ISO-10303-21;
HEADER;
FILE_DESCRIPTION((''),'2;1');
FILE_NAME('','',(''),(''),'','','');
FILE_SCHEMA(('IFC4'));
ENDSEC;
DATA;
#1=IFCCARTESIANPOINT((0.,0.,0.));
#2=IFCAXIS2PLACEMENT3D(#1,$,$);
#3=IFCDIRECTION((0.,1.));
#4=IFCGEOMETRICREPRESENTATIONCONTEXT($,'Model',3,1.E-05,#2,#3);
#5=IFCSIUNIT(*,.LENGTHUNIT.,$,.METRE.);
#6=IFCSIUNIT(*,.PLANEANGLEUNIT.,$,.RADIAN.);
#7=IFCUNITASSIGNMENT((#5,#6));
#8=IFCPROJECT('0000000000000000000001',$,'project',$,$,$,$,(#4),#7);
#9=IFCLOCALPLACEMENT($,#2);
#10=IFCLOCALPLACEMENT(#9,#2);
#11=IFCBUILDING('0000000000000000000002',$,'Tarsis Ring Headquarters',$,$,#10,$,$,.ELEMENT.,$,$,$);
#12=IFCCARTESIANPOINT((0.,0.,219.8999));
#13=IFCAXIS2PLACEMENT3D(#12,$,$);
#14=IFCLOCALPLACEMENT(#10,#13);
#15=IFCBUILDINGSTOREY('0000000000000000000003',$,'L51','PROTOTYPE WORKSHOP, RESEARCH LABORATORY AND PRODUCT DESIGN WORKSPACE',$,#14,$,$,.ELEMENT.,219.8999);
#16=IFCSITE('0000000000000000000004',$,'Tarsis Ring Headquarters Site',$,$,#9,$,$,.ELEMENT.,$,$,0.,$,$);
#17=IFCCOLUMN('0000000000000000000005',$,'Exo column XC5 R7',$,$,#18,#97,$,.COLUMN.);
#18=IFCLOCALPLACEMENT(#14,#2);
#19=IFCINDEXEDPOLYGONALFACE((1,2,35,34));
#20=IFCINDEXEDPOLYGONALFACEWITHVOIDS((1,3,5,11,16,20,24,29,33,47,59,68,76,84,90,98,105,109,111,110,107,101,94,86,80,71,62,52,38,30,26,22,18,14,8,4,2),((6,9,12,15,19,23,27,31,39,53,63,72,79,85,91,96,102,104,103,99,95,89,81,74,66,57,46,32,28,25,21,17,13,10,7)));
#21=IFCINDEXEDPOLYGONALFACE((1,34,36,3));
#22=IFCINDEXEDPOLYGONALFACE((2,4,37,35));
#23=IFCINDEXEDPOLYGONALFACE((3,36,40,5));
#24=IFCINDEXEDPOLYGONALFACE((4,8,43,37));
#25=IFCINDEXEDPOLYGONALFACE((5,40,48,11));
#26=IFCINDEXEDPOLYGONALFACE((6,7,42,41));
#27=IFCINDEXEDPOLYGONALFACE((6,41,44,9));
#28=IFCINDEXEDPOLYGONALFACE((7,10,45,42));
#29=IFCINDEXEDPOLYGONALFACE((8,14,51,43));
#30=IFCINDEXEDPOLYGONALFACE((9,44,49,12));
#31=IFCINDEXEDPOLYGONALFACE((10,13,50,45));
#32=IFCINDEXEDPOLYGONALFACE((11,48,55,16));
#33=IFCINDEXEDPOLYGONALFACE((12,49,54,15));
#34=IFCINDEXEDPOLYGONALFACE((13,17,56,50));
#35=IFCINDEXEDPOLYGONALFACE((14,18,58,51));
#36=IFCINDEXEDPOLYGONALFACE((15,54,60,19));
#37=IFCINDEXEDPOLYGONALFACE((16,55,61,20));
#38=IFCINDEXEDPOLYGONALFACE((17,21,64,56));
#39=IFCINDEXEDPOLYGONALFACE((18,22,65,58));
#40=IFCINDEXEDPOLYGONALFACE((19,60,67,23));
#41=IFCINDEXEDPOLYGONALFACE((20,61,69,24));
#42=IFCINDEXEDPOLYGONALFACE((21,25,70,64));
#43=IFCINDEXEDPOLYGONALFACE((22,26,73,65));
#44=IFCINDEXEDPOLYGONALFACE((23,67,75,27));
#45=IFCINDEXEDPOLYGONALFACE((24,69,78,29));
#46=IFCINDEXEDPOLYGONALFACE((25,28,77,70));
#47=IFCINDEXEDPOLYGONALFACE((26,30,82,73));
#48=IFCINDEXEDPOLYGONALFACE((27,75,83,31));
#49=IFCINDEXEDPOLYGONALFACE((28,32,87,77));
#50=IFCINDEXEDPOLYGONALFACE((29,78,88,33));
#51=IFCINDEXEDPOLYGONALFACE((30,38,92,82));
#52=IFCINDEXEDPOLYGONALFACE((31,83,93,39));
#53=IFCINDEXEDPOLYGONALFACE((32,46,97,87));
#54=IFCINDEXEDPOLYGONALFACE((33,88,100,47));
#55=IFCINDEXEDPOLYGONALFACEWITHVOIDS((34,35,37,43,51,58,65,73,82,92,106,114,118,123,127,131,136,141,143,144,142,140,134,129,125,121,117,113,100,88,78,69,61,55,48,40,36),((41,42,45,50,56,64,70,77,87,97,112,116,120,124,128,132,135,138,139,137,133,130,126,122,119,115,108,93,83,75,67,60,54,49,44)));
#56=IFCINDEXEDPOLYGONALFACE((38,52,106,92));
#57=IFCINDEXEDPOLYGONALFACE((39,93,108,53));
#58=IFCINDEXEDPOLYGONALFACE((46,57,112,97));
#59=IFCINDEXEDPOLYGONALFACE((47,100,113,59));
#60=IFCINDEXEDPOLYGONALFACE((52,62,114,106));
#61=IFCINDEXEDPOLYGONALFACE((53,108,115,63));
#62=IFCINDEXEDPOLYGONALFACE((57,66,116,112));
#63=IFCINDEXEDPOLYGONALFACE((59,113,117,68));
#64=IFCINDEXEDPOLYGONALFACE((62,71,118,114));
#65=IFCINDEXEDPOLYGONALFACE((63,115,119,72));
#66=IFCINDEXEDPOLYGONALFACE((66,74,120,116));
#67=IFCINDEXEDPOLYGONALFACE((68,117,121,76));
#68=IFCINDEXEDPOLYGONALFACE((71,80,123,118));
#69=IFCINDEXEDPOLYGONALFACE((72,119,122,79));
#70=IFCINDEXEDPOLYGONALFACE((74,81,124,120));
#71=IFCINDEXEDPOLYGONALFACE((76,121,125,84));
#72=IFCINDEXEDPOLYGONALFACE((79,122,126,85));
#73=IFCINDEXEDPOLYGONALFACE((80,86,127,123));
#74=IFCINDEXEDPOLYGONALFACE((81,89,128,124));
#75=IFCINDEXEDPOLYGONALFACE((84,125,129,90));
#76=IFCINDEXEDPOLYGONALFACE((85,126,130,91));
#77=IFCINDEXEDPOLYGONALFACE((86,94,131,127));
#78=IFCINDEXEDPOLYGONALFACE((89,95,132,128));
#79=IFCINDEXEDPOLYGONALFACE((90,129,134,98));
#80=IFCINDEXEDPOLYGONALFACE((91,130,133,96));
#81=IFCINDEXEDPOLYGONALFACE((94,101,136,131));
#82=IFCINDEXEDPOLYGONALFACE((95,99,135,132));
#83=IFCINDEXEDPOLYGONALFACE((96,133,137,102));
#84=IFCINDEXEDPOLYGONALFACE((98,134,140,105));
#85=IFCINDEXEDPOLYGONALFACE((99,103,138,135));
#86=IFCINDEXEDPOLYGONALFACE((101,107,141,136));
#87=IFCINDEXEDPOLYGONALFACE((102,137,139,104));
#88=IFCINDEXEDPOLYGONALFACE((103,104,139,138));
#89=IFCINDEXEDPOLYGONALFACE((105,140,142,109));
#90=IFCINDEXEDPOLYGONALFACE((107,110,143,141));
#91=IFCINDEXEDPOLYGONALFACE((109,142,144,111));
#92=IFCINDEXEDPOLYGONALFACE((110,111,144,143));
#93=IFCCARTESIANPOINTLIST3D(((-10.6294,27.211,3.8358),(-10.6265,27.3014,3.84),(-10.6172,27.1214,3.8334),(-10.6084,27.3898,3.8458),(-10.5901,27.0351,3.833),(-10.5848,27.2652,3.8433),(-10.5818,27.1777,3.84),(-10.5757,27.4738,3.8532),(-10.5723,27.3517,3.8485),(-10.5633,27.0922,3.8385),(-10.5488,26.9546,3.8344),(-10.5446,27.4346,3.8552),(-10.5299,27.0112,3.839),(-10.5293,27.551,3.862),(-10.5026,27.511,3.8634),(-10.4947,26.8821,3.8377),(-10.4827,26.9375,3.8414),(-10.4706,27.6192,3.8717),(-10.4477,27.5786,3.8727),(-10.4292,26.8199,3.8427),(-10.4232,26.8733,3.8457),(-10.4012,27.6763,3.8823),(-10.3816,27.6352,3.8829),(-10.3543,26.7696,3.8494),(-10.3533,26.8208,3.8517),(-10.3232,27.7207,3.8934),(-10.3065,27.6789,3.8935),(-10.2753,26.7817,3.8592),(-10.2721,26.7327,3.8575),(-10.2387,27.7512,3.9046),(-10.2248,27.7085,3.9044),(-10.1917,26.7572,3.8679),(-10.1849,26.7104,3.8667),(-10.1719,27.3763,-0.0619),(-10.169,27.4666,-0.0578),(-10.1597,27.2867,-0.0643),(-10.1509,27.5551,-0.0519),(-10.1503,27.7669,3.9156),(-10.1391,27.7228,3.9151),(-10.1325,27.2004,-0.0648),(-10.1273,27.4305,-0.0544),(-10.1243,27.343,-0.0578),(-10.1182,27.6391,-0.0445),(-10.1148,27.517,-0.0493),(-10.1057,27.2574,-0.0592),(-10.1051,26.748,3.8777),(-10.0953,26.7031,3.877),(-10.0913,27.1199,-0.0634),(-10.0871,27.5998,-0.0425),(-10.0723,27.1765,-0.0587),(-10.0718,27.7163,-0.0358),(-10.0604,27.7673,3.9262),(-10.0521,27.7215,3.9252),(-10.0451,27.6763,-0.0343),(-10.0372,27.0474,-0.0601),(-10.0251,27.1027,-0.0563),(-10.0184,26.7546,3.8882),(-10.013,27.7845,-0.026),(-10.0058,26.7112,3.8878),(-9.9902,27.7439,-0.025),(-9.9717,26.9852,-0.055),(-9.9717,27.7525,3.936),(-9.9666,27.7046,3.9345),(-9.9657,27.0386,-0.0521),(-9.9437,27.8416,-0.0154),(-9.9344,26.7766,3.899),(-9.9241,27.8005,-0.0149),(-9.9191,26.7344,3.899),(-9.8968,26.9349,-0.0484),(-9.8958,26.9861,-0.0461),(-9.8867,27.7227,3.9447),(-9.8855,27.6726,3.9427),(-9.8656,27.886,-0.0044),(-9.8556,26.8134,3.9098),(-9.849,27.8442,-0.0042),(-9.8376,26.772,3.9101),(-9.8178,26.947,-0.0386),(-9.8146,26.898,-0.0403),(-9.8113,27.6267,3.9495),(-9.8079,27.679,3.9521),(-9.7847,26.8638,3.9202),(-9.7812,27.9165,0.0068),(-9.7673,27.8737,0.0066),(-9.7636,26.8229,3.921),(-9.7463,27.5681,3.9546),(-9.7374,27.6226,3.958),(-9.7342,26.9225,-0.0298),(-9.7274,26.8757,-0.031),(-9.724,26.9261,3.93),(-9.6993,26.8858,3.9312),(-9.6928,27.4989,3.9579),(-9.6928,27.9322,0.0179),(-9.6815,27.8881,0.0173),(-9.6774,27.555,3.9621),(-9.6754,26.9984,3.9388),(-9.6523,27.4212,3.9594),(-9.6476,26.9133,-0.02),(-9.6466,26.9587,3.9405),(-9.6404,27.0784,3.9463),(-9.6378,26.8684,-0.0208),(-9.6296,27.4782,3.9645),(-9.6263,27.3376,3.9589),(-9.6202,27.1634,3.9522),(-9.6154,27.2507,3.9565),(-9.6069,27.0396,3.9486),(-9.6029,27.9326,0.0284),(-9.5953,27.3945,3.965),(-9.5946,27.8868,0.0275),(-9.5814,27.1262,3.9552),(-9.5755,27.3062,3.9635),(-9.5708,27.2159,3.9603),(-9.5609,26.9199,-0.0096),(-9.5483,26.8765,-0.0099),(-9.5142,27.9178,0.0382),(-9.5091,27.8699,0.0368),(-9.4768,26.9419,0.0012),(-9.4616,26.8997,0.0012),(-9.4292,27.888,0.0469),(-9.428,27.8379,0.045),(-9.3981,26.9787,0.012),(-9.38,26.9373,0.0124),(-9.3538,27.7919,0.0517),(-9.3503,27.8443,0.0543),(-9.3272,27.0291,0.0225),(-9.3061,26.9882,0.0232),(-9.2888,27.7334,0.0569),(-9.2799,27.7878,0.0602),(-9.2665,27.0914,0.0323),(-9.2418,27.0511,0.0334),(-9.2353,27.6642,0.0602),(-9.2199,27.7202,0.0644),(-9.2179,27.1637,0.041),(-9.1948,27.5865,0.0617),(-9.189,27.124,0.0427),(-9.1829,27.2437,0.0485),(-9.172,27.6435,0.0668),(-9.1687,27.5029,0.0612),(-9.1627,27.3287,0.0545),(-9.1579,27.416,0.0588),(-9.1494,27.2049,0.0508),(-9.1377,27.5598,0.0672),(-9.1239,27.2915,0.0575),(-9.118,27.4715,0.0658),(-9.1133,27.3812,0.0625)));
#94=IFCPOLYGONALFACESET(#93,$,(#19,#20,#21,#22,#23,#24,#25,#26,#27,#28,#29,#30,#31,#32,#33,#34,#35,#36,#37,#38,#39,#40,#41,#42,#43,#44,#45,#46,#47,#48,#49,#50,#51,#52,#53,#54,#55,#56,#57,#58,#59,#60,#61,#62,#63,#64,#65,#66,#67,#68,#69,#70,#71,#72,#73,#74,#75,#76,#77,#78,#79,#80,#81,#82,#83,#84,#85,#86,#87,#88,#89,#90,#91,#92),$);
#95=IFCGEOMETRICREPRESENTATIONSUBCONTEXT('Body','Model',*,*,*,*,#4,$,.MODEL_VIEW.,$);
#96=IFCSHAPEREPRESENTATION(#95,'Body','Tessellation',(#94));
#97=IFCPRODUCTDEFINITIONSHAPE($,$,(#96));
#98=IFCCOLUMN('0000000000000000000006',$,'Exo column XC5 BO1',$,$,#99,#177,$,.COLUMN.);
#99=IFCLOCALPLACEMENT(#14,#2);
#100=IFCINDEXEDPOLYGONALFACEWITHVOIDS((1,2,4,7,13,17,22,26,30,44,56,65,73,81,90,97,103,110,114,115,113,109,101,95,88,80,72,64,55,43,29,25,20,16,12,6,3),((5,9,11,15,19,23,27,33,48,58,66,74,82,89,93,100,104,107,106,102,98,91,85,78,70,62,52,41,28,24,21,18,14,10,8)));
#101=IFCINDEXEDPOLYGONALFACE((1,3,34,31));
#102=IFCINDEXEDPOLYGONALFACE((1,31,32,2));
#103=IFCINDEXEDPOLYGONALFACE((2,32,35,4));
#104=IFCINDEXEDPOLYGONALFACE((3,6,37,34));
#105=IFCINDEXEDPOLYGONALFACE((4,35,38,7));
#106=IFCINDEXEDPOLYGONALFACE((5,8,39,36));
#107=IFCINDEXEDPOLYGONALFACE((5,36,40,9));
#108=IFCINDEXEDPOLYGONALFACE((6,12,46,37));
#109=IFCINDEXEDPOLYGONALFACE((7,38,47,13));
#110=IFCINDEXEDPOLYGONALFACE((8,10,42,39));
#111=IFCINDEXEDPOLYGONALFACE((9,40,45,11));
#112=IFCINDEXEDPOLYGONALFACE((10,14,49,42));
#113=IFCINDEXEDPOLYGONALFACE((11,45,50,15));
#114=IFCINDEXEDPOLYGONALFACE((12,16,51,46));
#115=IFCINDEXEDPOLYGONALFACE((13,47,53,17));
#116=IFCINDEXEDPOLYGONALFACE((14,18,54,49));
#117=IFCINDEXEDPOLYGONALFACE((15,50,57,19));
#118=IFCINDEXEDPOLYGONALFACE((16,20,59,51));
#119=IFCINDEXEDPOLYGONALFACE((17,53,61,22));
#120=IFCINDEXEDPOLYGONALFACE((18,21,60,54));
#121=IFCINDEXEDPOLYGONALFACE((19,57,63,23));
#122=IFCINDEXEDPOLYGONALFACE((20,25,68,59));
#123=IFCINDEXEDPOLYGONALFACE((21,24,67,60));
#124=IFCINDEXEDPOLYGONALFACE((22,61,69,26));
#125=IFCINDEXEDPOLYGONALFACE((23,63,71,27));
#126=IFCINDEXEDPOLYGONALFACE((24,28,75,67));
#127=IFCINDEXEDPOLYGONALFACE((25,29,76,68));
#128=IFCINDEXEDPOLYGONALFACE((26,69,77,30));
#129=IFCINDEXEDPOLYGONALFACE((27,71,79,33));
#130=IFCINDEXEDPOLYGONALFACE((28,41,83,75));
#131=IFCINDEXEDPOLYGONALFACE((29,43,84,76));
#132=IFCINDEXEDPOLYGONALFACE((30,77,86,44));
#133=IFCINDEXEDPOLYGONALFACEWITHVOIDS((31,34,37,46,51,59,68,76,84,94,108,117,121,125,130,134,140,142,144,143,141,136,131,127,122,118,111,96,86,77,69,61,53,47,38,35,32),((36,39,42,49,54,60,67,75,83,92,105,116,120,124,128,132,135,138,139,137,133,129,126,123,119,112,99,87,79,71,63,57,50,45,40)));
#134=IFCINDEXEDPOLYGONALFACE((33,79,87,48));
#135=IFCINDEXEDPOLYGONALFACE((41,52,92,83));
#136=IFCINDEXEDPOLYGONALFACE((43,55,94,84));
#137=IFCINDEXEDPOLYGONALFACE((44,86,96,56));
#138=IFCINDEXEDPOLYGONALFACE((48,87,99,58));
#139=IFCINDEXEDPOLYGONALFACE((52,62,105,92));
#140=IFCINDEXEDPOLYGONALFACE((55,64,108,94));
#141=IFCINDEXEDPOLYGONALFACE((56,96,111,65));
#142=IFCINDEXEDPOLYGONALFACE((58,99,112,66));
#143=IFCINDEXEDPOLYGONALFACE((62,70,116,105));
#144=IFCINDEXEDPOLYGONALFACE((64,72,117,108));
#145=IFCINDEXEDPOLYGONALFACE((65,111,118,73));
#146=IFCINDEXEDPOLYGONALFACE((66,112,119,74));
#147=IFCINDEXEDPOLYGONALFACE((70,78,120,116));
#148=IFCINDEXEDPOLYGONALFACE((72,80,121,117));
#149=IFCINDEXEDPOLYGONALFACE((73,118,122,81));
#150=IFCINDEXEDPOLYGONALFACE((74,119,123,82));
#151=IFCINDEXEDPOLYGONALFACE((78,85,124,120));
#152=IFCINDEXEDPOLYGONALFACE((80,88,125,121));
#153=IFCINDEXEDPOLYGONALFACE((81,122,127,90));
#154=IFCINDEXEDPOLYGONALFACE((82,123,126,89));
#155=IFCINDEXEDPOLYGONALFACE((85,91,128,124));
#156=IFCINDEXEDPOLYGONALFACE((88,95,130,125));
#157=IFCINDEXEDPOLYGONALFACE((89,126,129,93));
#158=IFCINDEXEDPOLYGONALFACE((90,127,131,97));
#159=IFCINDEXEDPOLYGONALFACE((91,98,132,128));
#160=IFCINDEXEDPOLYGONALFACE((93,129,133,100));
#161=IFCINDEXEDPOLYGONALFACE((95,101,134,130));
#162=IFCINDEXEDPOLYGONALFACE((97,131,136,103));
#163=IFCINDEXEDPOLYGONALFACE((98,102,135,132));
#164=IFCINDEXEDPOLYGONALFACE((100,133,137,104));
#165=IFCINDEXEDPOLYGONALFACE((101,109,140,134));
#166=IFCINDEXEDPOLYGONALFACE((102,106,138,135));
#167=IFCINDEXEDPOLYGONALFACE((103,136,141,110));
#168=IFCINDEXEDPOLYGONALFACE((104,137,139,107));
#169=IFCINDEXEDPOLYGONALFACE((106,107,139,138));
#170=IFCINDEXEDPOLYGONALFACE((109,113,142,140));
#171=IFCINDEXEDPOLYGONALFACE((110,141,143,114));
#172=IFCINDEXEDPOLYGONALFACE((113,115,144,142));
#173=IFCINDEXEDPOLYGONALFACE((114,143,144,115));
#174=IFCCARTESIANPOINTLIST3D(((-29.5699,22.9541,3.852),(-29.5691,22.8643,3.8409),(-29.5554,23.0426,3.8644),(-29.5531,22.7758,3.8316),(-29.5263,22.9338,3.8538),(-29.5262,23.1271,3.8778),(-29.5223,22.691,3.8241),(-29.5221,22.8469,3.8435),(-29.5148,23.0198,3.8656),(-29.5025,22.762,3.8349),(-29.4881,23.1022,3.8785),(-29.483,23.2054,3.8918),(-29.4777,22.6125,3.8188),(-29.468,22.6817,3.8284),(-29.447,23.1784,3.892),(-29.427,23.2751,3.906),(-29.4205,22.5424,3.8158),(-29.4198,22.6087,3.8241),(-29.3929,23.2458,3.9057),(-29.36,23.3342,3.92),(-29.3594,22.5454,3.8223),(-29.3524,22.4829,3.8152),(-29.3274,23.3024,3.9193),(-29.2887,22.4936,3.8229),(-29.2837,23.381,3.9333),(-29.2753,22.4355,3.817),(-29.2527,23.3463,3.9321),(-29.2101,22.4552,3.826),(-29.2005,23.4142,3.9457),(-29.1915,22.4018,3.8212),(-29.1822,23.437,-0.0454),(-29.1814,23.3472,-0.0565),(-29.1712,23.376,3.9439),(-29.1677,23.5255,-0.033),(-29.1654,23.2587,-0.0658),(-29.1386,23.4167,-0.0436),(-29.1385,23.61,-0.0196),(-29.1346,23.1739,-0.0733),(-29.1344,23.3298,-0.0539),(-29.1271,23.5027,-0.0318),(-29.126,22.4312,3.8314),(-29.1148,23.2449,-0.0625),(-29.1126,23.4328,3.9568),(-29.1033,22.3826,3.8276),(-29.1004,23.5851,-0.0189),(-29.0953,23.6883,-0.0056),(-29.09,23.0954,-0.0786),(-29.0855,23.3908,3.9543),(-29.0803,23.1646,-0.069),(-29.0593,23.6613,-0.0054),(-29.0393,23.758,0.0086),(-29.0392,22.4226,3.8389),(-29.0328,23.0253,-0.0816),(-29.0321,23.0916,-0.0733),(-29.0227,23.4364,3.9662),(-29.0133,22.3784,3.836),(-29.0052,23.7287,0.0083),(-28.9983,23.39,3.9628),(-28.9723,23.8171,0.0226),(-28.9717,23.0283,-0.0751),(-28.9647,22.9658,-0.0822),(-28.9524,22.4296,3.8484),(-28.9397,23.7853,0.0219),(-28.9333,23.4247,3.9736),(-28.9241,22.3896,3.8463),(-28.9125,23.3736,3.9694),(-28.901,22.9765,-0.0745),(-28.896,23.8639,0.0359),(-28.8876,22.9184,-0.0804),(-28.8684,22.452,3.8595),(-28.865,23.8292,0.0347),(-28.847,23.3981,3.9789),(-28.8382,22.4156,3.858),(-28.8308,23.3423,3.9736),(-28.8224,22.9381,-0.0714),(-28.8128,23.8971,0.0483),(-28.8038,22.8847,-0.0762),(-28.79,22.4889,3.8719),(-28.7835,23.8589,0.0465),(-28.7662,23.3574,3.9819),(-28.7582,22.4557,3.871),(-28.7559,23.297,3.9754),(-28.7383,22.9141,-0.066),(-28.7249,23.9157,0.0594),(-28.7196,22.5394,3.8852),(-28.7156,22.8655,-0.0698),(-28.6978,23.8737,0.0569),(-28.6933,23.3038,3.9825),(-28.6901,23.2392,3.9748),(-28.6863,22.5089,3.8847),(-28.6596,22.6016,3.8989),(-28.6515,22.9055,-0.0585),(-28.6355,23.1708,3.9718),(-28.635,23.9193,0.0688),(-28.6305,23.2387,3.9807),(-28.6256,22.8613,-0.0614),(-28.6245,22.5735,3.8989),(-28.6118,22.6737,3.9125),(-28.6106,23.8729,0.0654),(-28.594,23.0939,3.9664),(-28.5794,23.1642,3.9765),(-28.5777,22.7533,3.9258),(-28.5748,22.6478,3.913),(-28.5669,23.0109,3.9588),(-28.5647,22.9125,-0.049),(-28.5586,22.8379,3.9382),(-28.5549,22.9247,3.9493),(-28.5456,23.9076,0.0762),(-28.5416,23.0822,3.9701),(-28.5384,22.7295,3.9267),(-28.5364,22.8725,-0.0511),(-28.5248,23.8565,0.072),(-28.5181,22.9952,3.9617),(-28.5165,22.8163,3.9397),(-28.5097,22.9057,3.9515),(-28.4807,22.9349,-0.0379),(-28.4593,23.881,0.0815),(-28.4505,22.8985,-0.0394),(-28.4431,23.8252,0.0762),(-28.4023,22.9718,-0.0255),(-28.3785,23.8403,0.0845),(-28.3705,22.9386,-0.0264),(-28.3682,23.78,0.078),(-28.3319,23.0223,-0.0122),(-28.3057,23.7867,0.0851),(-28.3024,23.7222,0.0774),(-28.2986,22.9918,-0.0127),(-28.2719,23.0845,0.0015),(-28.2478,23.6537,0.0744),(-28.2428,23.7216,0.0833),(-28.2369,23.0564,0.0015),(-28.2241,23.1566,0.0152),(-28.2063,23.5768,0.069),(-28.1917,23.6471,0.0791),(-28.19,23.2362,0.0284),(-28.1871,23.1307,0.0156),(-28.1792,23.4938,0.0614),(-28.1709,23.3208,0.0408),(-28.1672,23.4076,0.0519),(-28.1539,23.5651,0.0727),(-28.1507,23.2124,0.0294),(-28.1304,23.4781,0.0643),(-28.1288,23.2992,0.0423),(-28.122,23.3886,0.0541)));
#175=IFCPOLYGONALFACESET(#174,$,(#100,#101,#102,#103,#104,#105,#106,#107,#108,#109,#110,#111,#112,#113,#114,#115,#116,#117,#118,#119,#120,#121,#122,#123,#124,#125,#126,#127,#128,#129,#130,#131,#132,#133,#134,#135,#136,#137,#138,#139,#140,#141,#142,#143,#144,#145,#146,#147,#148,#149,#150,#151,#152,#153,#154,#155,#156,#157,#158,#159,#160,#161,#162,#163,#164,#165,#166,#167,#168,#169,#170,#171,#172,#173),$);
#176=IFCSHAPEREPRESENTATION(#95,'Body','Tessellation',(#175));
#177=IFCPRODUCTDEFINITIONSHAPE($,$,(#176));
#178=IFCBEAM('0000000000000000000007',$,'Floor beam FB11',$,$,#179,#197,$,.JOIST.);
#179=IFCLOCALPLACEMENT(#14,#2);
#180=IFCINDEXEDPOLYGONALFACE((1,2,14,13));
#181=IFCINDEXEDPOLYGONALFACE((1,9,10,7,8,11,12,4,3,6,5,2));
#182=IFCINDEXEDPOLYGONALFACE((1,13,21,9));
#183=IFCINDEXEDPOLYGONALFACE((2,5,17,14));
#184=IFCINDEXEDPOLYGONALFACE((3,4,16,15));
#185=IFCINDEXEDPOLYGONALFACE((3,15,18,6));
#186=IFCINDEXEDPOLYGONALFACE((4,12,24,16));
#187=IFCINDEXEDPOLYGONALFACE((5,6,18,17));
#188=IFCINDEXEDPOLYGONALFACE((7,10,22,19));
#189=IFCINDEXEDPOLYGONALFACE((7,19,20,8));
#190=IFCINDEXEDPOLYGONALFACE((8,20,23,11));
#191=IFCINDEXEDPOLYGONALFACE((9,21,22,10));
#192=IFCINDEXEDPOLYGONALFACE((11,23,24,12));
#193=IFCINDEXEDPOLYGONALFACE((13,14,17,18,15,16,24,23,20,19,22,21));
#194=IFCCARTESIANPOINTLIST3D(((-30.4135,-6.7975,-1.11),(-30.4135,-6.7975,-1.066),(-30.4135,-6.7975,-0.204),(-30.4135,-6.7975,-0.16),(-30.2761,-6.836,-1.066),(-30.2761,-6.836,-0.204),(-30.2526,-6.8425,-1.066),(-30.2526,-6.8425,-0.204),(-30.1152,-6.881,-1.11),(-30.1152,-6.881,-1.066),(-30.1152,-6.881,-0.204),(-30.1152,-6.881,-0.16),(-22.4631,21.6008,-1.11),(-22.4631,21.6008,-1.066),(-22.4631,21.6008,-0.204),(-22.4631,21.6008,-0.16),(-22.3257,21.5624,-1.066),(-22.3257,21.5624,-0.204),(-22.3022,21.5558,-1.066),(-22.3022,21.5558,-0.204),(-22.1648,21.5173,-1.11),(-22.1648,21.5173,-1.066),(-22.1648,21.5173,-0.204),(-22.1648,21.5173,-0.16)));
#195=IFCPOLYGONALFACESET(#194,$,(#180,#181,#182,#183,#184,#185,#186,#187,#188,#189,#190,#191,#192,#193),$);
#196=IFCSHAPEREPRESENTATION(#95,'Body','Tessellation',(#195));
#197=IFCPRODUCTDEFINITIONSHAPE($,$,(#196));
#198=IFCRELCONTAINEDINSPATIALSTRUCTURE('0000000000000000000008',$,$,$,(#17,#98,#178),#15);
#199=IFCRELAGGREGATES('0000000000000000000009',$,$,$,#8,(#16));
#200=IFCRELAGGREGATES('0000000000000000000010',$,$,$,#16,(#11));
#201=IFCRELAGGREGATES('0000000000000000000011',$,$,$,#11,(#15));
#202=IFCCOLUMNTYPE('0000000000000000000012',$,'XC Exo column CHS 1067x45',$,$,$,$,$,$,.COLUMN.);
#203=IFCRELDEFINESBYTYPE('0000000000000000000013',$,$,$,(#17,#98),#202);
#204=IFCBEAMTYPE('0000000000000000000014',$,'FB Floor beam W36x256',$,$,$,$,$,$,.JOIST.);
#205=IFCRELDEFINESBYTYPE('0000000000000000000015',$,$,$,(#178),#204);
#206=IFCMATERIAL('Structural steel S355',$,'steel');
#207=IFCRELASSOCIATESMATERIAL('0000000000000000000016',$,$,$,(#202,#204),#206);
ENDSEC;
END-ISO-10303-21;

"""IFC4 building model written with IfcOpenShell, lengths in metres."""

from ifc_helpers import new_model, si_unit, direction, frame, origin, origin_2d, place, context, subcontext, project, spatial, hollow_circle, i_section, extrude, material, material_profile, profile_set, type_object, element, save


model = new_model("IFC4")

# Units and contexts
model_context = context("Model", 3, precision=1e-05, world=origin(), true_north=direction((0.0, 1.0)))
body_context = subcontext(model_context, "Body", "Model", "MODEL_VIEW")
ifc_project = project(units=[si_unit("LENGTHUNIT", "METRE"), si_unit("PLANEANGLEUNIT", "RADIAN")], contexts=[model_context])

# Site, building, storey
site_placement = place(None, origin())
site = spatial("IfcSite", under=ifc_project, at=site_placement, Name="Tarsis Ring Headquarters Site", CompositionType="ELEMENT", RefElevation=0.0)
building_placement = place(site_placement, origin())
building = spatial("IfcBuilding", under=site, at=building_placement, Name="Tarsis Ring Headquarters", CompositionType="ELEMENT")
storey_placement = place(building_placement, frame((0.0, 0.0, 219.8999)))
storey = spatial("IfcBuildingStorey", under=building, at=storey_placement, Name="L51", Description="PROTOTYPE WORKSHOP, RESEARCH LABORATORY AND PRODUCT DESIGN WORKSPACE", CompositionType="ELEMENT", Elevation=219.8999)

# Columns
ifc_material_1 = material(Name="Structural steel S355", Category="steel")
ifc_material_profile_1 = material_profile(ifc_material_1, hollow_circle(Radius=0.5334, WallThickness=0.0449, at=origin_2d()), Name="CHS 1067x45")
ifc_profile_set_1 = profile_set([ifc_material_profile_1], Name="Structural steel S355")
column_type = type_object("IfcColumnType", Name="XC Exo column CHS 1067x45", PredefinedType="COLUMN", material=ifc_profile_set_1)
column_1_placement = place(storey_placement, frame((-9.6428, 27.4014, 0.0012), z_axis=(-0.116478, -0.042079, 0.992301), x_axis=(0.339768, -0.940509, 0.0)))
element("IfcColumn", 1, at=column_1_placement, inside=storey, type_object=column_type, Name="Exo column XC5 R7", PredefinedType="COLUMN", context=body_context, shape_type="SweptSolid", body=[
    extrude(hollow_circle(Radius=0.5334, WallThickness=0.0449, at=origin_2d()), origin(), (0.0, 0.0, 1.0), 3.928),
])
column_2_placement = place(storey_placement, frame((-28.6528, 23.3904, 0.0015), z_axis=(-0.098241, -0.122369, 0.987611), x_axis=(0.779791, -0.62604, 0.0)))
element("IfcColumn", 2, at=column_2_placement, inside=storey, type_object=column_type, Name="Exo column XC5 BO1", PredefinedType="COLUMN", context=body_context, shape_type="SweptSolid", body=[
    extrude(hollow_circle(Radius=0.5334, WallThickness=0.0449, at=origin_2d()), origin(), (0.0, 0.0, 1.0), 3.9463),
])

# Beam
ifc_material_profile_2 = material_profile(ifc_material_1, i_section(OverallWidth=0.3098, OverallDepth=0.95, WebThickness=0.0244, FlangeThickness=0.0439, at=origin_2d()), Name="W36x256")
ifc_profile_set_2 = profile_set([ifc_material_profile_2], Name="Structural steel S355")
beam_type_1 = type_object("IfcBeamType", Name="FB Floor beam W36x256", PredefinedType="JOIST", material=ifc_profile_set_2)
for number, where, z_axis, x_axis, name in (
    (3, (-22.314, 21.5591, -0.635), (-0.269595, -0.962974, 0.0), (0.962974, -0.269595, 0.0), "Floor beam FB11"),
):
    element("IfcBeam", number, at=place(storey_placement, frame(where, z_axis=z_axis, x_axis=x_axis)), inside=storey, type_object=beam_type_1, Name=name, PredefinedType="JOIST", context=body_context, shape_type="SweptSolid", body=[
        extrude(i_section(OverallWidth=0.3098, OverallDepth=0.95, WebThickness=0.0244, FlangeThickness=0.0439, at=origin_2d()), origin(), (0.0, 0.0, 1.0), 29.4902),
    ])

save(model, "model.ifc")
